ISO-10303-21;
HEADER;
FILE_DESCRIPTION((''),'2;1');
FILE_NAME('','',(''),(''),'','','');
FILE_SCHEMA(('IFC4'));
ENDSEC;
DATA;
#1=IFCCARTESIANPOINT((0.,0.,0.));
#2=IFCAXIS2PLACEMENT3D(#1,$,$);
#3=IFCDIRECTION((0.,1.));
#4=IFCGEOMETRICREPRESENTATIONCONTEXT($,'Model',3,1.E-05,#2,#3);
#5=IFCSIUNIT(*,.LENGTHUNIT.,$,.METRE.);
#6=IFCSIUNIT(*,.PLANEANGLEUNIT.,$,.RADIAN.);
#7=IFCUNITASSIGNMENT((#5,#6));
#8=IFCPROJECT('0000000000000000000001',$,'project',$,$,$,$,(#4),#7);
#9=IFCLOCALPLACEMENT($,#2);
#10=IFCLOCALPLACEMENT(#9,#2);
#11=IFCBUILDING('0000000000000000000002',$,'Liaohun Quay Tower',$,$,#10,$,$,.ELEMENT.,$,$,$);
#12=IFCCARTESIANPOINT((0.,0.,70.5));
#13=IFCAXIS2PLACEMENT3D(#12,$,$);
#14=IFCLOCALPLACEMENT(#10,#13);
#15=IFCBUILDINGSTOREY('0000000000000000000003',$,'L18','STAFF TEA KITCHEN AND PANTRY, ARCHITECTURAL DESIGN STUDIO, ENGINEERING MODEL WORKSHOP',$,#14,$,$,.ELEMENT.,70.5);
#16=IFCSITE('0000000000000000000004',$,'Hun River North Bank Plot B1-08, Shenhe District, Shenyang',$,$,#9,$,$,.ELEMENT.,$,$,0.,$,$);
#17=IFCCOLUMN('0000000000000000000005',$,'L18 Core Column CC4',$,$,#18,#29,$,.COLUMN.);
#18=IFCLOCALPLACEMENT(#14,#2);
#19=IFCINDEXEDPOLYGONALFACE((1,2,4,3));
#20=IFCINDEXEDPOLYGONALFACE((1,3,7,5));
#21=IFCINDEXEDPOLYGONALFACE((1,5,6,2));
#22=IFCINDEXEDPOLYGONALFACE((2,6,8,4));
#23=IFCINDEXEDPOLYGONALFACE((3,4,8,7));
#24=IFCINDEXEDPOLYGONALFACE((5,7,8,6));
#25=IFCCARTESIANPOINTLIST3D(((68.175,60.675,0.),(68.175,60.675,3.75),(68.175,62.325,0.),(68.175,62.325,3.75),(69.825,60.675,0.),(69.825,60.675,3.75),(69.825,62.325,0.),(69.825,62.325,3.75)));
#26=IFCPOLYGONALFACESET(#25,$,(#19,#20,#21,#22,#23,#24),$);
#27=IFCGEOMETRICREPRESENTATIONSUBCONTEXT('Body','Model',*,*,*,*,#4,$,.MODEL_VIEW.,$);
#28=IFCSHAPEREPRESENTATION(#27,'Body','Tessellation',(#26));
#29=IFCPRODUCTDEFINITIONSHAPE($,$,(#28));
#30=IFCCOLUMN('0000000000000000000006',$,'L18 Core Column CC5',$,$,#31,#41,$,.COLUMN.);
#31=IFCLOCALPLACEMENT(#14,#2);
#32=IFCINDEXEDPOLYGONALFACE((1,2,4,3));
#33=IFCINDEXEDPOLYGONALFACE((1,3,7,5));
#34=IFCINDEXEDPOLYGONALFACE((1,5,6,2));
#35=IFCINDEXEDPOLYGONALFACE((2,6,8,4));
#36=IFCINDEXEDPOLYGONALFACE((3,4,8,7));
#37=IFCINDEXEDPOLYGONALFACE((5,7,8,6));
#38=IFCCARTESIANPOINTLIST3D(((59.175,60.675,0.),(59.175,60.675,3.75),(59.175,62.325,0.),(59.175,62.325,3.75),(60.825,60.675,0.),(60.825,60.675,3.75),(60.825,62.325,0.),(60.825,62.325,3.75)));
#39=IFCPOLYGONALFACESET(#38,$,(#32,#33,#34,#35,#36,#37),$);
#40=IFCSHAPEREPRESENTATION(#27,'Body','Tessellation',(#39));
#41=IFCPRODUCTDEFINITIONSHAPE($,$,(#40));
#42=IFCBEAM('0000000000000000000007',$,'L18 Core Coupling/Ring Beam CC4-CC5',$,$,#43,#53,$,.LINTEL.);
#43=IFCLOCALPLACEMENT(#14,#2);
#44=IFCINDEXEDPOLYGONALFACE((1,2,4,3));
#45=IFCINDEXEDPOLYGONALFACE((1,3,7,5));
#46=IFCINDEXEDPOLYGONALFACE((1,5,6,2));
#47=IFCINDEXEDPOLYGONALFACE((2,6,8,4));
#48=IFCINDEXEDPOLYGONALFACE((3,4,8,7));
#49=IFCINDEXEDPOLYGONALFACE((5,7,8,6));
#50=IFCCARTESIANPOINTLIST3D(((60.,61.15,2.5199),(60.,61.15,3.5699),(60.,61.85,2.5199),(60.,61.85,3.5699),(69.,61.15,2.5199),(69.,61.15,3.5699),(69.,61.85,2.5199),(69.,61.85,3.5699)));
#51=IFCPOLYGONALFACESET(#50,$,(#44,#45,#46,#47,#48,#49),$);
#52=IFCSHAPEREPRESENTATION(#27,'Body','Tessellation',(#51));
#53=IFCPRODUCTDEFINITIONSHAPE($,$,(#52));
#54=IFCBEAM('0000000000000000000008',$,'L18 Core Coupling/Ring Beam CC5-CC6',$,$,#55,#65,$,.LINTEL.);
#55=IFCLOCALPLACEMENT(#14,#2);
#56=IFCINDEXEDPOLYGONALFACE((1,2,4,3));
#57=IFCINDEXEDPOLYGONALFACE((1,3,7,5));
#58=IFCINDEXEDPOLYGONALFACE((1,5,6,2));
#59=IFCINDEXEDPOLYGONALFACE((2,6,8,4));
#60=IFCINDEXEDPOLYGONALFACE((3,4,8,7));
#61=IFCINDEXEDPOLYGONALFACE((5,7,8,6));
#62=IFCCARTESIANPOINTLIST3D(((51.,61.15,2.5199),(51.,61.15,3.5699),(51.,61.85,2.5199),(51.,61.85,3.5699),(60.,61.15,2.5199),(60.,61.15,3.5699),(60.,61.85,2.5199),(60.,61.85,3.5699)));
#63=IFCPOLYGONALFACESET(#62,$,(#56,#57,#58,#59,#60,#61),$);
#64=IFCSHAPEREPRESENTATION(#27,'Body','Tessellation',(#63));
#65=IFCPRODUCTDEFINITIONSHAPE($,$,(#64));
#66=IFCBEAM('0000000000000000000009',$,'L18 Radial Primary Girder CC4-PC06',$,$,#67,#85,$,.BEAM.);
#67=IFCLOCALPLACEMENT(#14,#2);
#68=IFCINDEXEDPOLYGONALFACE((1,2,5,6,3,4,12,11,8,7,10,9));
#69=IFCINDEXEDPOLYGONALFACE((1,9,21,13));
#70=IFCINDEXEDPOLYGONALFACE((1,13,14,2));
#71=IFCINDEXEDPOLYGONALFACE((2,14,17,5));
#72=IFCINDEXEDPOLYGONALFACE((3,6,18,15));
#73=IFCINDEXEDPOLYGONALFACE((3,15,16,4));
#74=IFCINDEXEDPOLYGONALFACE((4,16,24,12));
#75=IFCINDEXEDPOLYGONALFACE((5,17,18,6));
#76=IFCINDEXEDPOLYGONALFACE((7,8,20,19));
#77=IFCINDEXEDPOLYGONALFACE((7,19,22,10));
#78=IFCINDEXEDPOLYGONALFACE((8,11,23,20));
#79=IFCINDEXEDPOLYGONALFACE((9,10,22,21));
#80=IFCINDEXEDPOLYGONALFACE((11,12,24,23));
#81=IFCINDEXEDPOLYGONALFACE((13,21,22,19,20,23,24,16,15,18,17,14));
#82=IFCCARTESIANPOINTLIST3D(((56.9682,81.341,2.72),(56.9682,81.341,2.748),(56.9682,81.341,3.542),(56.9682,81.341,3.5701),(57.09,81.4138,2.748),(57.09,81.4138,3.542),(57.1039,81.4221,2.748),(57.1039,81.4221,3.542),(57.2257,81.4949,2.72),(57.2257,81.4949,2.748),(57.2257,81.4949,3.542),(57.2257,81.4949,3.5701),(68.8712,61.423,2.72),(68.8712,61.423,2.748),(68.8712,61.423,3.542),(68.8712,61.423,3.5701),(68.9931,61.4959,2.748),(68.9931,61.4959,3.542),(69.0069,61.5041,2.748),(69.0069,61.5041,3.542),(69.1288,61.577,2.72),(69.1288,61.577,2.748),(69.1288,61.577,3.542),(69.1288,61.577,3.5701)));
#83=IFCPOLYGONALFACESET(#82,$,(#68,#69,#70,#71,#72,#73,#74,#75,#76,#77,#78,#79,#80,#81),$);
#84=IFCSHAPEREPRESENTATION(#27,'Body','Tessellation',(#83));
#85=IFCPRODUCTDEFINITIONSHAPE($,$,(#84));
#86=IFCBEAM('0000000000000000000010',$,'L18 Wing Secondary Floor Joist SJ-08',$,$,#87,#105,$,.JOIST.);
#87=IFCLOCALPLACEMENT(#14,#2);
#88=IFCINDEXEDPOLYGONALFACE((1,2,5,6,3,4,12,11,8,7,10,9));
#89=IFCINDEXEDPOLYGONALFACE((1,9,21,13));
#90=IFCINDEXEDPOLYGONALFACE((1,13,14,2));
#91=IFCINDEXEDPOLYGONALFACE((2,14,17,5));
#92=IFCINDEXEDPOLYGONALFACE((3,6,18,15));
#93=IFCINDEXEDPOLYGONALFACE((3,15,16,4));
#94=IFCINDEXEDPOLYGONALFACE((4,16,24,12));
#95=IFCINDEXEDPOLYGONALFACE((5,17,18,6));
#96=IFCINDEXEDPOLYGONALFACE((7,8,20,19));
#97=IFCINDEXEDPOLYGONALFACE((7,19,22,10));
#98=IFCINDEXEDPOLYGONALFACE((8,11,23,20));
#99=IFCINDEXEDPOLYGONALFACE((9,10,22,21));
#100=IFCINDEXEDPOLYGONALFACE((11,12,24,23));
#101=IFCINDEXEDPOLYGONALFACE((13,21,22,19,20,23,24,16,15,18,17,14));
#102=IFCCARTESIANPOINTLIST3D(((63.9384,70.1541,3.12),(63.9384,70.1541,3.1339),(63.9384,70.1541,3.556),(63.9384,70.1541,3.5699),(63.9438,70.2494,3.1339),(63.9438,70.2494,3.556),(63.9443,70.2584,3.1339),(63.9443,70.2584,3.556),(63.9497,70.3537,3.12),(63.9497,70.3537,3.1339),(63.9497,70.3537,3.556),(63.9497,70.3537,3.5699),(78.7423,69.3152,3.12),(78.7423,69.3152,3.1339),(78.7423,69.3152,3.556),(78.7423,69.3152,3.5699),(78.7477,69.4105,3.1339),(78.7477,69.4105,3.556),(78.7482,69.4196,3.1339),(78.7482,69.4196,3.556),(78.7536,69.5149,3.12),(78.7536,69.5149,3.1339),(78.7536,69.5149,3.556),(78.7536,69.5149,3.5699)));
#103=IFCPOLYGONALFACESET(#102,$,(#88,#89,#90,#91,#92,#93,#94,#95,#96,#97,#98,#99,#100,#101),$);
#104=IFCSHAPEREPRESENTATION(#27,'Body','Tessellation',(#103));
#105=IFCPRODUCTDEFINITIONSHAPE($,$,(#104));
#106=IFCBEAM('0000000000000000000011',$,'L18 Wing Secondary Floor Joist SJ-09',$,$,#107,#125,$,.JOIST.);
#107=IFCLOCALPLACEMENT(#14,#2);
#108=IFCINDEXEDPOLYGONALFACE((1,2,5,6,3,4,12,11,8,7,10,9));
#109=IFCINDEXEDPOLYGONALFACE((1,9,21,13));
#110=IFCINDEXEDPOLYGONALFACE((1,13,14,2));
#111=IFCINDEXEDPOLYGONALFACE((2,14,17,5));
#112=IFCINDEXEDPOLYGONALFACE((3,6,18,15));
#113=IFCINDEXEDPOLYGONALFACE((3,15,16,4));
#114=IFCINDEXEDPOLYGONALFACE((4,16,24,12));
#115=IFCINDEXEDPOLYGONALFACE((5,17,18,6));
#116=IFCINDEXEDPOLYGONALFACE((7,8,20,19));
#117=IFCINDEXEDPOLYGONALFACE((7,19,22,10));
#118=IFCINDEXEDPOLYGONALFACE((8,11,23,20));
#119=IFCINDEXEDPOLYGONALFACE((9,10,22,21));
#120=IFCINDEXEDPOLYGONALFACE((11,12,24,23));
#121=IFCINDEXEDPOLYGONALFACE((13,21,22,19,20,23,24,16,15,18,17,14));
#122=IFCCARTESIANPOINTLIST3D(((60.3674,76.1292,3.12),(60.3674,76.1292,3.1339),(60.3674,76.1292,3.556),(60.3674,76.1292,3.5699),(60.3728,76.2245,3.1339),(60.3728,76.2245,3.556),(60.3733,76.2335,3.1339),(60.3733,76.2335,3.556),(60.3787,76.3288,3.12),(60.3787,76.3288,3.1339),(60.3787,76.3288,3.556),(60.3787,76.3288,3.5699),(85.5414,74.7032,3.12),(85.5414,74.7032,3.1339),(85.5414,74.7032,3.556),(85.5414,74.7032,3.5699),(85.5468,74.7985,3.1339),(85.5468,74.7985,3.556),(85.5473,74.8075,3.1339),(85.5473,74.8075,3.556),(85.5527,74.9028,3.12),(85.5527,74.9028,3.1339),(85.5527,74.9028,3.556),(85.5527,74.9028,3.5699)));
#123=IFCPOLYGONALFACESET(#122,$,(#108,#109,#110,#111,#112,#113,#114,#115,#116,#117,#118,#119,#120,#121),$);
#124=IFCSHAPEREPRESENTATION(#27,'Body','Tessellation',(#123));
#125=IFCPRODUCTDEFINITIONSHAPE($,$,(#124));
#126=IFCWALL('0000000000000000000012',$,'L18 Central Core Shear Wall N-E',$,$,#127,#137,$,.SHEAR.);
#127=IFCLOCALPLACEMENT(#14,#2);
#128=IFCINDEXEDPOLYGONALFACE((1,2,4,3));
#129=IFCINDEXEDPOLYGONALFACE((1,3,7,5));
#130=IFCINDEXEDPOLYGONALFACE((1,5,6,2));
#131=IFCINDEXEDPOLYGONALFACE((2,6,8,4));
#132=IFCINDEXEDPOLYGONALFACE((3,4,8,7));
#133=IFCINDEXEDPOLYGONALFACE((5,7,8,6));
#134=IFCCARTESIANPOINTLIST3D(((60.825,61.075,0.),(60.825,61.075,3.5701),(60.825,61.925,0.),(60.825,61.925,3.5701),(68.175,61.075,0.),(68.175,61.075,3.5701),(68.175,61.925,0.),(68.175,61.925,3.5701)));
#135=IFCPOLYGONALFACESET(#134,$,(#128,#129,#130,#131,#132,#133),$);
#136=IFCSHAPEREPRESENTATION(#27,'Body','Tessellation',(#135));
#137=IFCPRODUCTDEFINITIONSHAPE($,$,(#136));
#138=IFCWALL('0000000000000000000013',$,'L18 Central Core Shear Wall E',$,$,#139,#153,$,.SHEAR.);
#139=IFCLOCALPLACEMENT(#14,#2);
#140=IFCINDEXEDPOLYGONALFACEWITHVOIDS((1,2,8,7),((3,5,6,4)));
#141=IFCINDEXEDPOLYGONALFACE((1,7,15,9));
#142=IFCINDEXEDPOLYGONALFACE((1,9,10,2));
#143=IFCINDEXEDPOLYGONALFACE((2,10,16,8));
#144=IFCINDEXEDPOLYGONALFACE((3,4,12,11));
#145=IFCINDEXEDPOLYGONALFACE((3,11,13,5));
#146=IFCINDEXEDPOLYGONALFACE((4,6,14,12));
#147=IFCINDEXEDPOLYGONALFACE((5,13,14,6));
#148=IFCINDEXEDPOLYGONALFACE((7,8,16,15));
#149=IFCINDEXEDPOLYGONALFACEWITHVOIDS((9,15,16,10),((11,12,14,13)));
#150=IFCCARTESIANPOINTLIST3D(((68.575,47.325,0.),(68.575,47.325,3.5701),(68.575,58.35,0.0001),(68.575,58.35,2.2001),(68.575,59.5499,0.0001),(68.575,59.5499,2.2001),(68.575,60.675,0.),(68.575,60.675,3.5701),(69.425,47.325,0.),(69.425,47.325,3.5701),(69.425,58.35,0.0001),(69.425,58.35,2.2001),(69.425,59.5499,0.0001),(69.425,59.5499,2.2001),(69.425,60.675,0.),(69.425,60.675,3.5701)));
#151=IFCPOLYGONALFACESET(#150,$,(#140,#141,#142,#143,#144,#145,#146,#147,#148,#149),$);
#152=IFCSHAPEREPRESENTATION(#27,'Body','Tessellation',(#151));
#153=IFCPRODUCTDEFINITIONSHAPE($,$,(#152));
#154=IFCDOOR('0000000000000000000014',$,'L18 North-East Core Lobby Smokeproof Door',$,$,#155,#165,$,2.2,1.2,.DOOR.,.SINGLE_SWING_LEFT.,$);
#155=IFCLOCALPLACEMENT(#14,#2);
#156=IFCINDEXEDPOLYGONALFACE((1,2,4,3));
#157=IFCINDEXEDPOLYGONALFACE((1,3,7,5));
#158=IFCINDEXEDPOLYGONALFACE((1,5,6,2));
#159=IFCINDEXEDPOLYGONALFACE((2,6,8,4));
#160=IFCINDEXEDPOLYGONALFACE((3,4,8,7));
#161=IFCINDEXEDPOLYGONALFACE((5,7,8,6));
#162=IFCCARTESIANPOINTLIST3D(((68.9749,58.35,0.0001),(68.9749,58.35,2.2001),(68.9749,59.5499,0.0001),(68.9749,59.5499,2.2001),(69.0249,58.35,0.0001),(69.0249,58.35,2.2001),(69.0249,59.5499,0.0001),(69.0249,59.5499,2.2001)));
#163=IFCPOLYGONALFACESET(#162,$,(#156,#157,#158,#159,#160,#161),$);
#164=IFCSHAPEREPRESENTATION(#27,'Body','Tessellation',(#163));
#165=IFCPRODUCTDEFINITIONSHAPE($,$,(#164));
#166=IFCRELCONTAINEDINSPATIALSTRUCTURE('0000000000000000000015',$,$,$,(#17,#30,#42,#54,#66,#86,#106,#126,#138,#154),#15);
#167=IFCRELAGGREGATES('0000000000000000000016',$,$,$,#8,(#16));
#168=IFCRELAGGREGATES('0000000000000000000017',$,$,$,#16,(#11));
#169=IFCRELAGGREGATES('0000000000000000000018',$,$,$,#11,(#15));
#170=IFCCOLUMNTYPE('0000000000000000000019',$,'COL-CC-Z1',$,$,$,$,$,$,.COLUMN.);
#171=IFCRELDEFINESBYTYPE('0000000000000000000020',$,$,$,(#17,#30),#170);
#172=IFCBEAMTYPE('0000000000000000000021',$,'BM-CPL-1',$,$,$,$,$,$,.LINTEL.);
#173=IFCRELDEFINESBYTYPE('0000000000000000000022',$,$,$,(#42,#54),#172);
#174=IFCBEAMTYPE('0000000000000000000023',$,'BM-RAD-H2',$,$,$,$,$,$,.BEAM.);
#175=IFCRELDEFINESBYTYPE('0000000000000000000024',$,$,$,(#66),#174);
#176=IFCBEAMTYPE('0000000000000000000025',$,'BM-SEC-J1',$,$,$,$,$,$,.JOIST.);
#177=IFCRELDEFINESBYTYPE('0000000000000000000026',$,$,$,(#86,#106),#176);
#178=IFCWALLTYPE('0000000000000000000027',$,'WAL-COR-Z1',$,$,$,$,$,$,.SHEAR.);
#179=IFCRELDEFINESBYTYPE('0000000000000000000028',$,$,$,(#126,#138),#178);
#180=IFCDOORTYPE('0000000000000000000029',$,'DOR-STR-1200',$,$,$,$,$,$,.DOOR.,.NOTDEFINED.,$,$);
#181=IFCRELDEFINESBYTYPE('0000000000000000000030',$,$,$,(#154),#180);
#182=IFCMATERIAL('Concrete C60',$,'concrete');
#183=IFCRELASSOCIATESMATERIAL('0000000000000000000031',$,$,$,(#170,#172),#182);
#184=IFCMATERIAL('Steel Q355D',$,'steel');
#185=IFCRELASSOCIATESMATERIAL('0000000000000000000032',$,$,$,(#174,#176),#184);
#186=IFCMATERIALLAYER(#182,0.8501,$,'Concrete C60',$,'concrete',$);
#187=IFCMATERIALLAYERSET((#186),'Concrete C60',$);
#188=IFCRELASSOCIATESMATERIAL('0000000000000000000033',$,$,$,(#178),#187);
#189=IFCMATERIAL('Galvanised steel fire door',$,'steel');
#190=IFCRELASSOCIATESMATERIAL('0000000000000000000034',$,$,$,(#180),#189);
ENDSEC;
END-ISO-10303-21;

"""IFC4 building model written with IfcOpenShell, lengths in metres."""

from ifc_helpers import new_model, si_unit, direction, frame, frame_2d, origin, origin_2d, place, context, subcontext, project, spatial, rectangle, i_section, extrude, source, transform, mapped, material, layer, layer_set, material_profile, profile_set, type_object, element, fill, save


model = new_model("IFC4")

# Units and contexts
model_context = context("Model", 3, precision=1e-05, world=origin(), true_north=direction((0.0, 1.0)))
body_context = subcontext(model_context, "Body", "Model", "MODEL_VIEW")
ifc_project = project(units=[si_unit("LENGTHUNIT", "METRE"), si_unit("PLANEANGLEUNIT", "RADIAN")], contexts=[model_context])

# Site, building, storey
site_placement = place(None, origin())
site = spatial("IfcSite", under=ifc_project, at=site_placement, Name="Hun River North Bank Plot B1-08, Shenhe District, Shenyang", CompositionType="ELEMENT", RefElevation=0.0)
building_placement = place(site_placement, origin())
building = spatial("IfcBuilding", under=site, at=building_placement, Name="Liaohun Quay Tower", CompositionType="ELEMENT")
storey_placement = place(building_placement, frame((0.0, 0.0, 70.5)))
storey = spatial("IfcBuildingStorey", under=building, at=storey_placement, Name="L18", Description="STAFF TEA KITCHEN AND PANTRY, ARCHITECTURAL DESIGN STUDIO, ENGINEERING MODEL WORKSHOP", CompositionType="ELEMENT", Elevation=70.5)

# Columns
ifc_material_1 = material(Name="Concrete C60", Category="concrete")
ifc_material_profile_1 = material_profile(ifc_material_1, rectangle(XDim=1.6499, YDim=1.6499, at=origin_2d()), Name="RC1650x1650")
ifc_profile_set_1 = profile_set([ifc_material_profile_1], Name="Concrete C60")
column_type = type_object("IfcColumnType", Name="COL-CC-Z1", PredefinedType="COLUMN", material=ifc_profile_set_1)
shared_shape_1 = source(origin(), body_context, "Body", "SweptSolid", [
    extrude(rectangle(XDim=1.6499, YDim=1.6499, at=origin_2d()), origin(), (0.0, 0.0, 1.0), 3.75),
])
for number, where, z_axis, x_axis, name in (
    (1, (69.0, 61.5, 0.0), (0.0, 0.0, 1.0), (1.0, 0.0, 0.0), "L18 Core Column CC4"),
    (2, (60.0, 61.5, 0.0), (0.0, 0.0, 1.0), (1.0, 0.0, 0.0), "L18 Core Column CC5"),
):
    element("IfcColumn", number, at=place(storey_placement, frame(where, z_axis=z_axis, x_axis=x_axis)), inside=storey, type_object=column_type, Name=name, PredefinedType="COLUMN", context=body_context, shape_type="MappedRepresentation", body=[
        mapped(shared_shape_1, transform((0.0, 0.0, 0.0), x_axis=(1.0, 0.0, 0.0), y_axis=(0.0, 1.0, 0.0), z_axis=(0.0, 0.0, 1.0), scale=1.0)),
    ])

# Beams
ifc_material_profile_2 = material_profile(ifc_material_1, rectangle(XDim=0.7, YDim=1.05, at=origin_2d()), Name="RC700x1050")
ifc_profile_set_2 = profile_set([ifc_material_profile_2], Name="Concrete C60")
beam_type_1 = type_object("IfcBeamType", Name="BM-CPL-1", PredefinedType="LINTEL", material=ifc_profile_set_2)
shared_shape_2 = source(origin(), body_context, "Body", "SweptSolid", [
    extrude(rectangle(XDim=0.7, YDim=1.05, at=origin_2d()), origin(), (0.0, 0.0, 1.0), 9.0),
])
for number, where, z_axis, x_axis, name in (
    (3, (69.0, 61.5, 3.0449), (-1.0, 0.0, 0.0), (0.0, -1.0, 0.0), "L18 Core Coupling/Ring Beam CC4-CC5"),
    (4, (60.0, 61.5, 3.0449), (-1.0, 0.0, 0.0), (0.0, -1.0, 0.0), "L18 Core Coupling/Ring Beam CC5-CC6"),
):
    element("IfcBeam", number, at=place(storey_placement, frame(where, z_axis=z_axis, x_axis=x_axis)), inside=storey, type_object=beam_type_1, Name=name, PredefinedType="LINTEL", context=body_context, shape_type="MappedRepresentation", body=[
        mapped(shared_shape_2, transform((0.0, 0.0, 0.0), x_axis=(1.0, 0.0, 0.0), y_axis=(0.0, 1.0, 0.0), z_axis=(0.0, 0.0, 1.0), scale=1.0)),
    ])
ifc_material_2 = material(Name="Steel Q355D", Category="steel")
ifc_material_profile_3 = material_profile(ifc_material_2, i_section(OverallWidth=0.3, OverallDepth=0.8501, WebThickness=0.0161, FlangeThickness=0.0281, at=origin_2d()), Name="HN850x300x16x28")
ifc_profile_set_3 = profile_set([ifc_material_profile_3], Name="Steel Q355D")
beam_type_2 = type_object("IfcBeamType", Name="BM-RAD-H2", PredefinedType="BEAM", material=ifc_profile_set_3)
shared_shape_3 = source(origin(), body_context, "Body", "SweptSolid", [
    extrude(i_section(OverallWidth=0.3, OverallDepth=0.8501, WebThickness=0.0161, FlangeThickness=0.0281, at=origin_2d()), origin(), (0.0, 0.0, 1.0), 23.2036),
])
beam_1_placement = place(storey_placement, frame((69.0, 61.5, 3.145), z_axis=(-0.512983, 0.858399, 0.0), x_axis=(-0.858399, -0.512983, 0.0)))
element("IfcBeam", 5, at=beam_1_placement, inside=storey, type_object=beam_type_2, Name="L18 Radial Primary Girder CC4-PC06", PredefinedType="BEAM", context=body_context, shape_type="MappedRepresentation", body=[
    mapped(shared_shape_3, transform((0.0, 0.0, 0.0), x_axis=(1.0, 0.0, 0.0), y_axis=(0.0, 1.0, 0.0), z_axis=(0.0, 0.0, 1.0), scale=1.0)),
])
ifc_material_profile_4 = material_profile(ifc_material_2, i_section(OverallWidth=0.2, OverallDepth=0.45, WebThickness=0.009, FlangeThickness=0.0139, at=origin_2d()), Name="HN450x200x9x14")
ifc_profile_set_4 = profile_set([ifc_material_profile_4], Name="Steel Q355D")
beam_type_3 = type_object("IfcBeamType", Name="BM-SEC-J1", PredefinedType="JOIST", material=ifc_profile_set_4)
shared_shape_4 = source(origin(), body_context, "Body", "SweptSolid", [
    extrude(i_section(OverallWidth=0.2, OverallDepth=0.45, WebThickness=0.009, FlangeThickness=0.0139, at=origin_2d()), origin(), (0.0, 0.0, 1.0), 14.8276),
])
beam_2_placement = place(storey_placement, frame((63.9441, 70.2539, 3.345), z_axis=(0.998398, -0.056574, 0.0), x_axis=(0.056574, 0.998398, 0.0)))
element("IfcBeam", 6, at=beam_2_placement, inside=storey, type_object=beam_type_3, Name="L18 Wing Secondary Floor Joist SJ-08", PredefinedType="JOIST", context=body_context, shape_type="MappedRepresentation", body=[
    mapped(shared_shape_4, transform((0.0, 0.0, 0.0), x_axis=(1.0, 0.0, 0.0), y_axis=(0.0, 1.0, 0.0), z_axis=(0.0, 0.0, 1.0), scale=1.0)),
])
shared_shape_5 = source(origin(), body_context, "Body", "SweptSolid", [
    extrude(i_section(OverallWidth=0.2, OverallDepth=0.45, WebThickness=0.009, FlangeThickness=0.0139, at=origin_2d()), origin(), (0.0, 0.0, 1.0), 25.2144),
])
beam_3_placement = place(storey_placement, frame((60.373, 76.229, 3.345), z_axis=(0.998399, -0.056556, 0.0), x_axis=(0.056556, 0.998399, 0.0)))
element("IfcBeam", 7, at=beam_3_placement, inside=storey, type_object=beam_type_3, Name="L18 Wing Secondary Floor Joist SJ-09", PredefinedType="JOIST", context=body_context, shape_type="MappedRepresentation", body=[
    mapped(shared_shape_5, transform((0.0, 0.0, 0.0), x_axis=(1.0, 0.0, 0.0), y_axis=(0.0, 1.0, 0.0), z_axis=(0.0, 0.0, 1.0), scale=1.0)),
])

# Wall
ifc_layer_1 = layer(ifc_material_1, 0.8501, Name="Concrete C60", Category="concrete")
ifc_layer_set_1 = layer_set([ifc_layer_1], Name="Concrete C60")
wall_type_1 = type_object("IfcWallType", Name="WAL-COR-Z1", PredefinedType="SHEAR", material=ifc_layer_set_1)
wall_1_placement = place(storey_placement, frame((60.825, 61.5, 0.0), z_axis=(0.0, 0.0, 1.0), x_axis=(1.0, 0.0, 0.0)))
element("IfcWall", 8, at=wall_1_placement, inside=storey, type_object=wall_type_1, Name="L18 Central Core Shear Wall N-E", PredefinedType="SHEAR", context=body_context, shape_type="SweptSolid", body=[
    extrude(rectangle(XDim=7.3501, YDim=0.8501, at=frame_2d((3.675, 0.0))), origin(), (0.0, 0.0, 1.0), 3.5701),
])

# Wall, opening, door
wall_2_placement = place(storey_placement, frame((69.0, 60.675, 0.0), z_axis=(0.0, 0.0, 1.0), x_axis=(0.0, -1.0, 0.0)))
wall_2 = element("IfcWall", 9, at=wall_2_placement, inside=storey, type_object=wall_type_1, Name="L18 Central Core Shear Wall E", PredefinedType="SHEAR", context=body_context, shape_type="SweptSolid", body=[
    extrude(rectangle(XDim=13.3501, YDim=0.8501, at=frame_2d((6.675, 0.0))), origin(), (0.0, 0.0, 1.0), 3.5701),
])
shared_shape_6 = source(origin(), body_context, "Body", "SweptSolid", [
    extrude(rectangle(XDim=1.2, YDim=2.2, at=frame_2d((0.6001, 1.1001))), frame((0.0, 0.4351, 0.0), z_axis=(0.0, -1.0, 0.0), x_axis=(1.0, 0.0, 0.0)), (0.0, 0.0, 1.0), 0.8701),
])
opening_1_placement = place(wall_2_placement, frame((1.125, 0.0, 0.0)))
opening_1 = element("IfcOpeningElement", 10, at=opening_1_placement, cuts=wall_2, PredefinedType="OPENING", context=body_context, shape_type="MappedRepresentation", body=[
    mapped(shared_shape_6, transform((0.0, 0.0, 0.0), x_axis=(1.0, 0.0, 0.0), y_axis=(0.0, 1.0, 0.0), z_axis=(0.0, 0.0, 1.0), scale=1.0)),
])
ifc_material_3 = material(Name="Galvanised steel fire door", Category="steel")
door_type_1 = type_object("IfcDoorType", Name="DOR-STR-1200", OperationType="NOTDEFINED", PredefinedType="DOOR", material=ifc_material_3)
shared_shape_7 = source(origin(), body_context, "Body", "SweptSolid", [
    extrude(rectangle(XDim=1.2, YDim=2.2, at=frame_2d((0.6001, 1.1001))), frame((0.0, 0.0249, 0.0), z_axis=(0.0, -1.0, 0.0), x_axis=(1.0, 0.0, 0.0)), (0.0, 0.0, 1.0), 0.05),
])
door_1_placement = place(opening_1_placement, origin())
door_1 = element("IfcDoor", 11, at=door_1_placement, inside=storey, type_object=door_type_1, Name="L18 North-East Core Lobby Smokeproof Door", OperationType="SINGLE_SWING_LEFT", OverallHeight=2.2, OverallWidth=1.2, PredefinedType="DOOR", context=body_context, shape_type="MappedRepresentation", body=[
    mapped(shared_shape_7, transform((0.0, 0.0, 0.0), x_axis=(1.0, 0.0, 0.0), y_axis=(0.0, 1.0, 0.0), z_axis=(0.0, 0.0, 1.0), scale=1.0)),
])
fill(opening_1, door_1)

save(model, "model.ifc")
